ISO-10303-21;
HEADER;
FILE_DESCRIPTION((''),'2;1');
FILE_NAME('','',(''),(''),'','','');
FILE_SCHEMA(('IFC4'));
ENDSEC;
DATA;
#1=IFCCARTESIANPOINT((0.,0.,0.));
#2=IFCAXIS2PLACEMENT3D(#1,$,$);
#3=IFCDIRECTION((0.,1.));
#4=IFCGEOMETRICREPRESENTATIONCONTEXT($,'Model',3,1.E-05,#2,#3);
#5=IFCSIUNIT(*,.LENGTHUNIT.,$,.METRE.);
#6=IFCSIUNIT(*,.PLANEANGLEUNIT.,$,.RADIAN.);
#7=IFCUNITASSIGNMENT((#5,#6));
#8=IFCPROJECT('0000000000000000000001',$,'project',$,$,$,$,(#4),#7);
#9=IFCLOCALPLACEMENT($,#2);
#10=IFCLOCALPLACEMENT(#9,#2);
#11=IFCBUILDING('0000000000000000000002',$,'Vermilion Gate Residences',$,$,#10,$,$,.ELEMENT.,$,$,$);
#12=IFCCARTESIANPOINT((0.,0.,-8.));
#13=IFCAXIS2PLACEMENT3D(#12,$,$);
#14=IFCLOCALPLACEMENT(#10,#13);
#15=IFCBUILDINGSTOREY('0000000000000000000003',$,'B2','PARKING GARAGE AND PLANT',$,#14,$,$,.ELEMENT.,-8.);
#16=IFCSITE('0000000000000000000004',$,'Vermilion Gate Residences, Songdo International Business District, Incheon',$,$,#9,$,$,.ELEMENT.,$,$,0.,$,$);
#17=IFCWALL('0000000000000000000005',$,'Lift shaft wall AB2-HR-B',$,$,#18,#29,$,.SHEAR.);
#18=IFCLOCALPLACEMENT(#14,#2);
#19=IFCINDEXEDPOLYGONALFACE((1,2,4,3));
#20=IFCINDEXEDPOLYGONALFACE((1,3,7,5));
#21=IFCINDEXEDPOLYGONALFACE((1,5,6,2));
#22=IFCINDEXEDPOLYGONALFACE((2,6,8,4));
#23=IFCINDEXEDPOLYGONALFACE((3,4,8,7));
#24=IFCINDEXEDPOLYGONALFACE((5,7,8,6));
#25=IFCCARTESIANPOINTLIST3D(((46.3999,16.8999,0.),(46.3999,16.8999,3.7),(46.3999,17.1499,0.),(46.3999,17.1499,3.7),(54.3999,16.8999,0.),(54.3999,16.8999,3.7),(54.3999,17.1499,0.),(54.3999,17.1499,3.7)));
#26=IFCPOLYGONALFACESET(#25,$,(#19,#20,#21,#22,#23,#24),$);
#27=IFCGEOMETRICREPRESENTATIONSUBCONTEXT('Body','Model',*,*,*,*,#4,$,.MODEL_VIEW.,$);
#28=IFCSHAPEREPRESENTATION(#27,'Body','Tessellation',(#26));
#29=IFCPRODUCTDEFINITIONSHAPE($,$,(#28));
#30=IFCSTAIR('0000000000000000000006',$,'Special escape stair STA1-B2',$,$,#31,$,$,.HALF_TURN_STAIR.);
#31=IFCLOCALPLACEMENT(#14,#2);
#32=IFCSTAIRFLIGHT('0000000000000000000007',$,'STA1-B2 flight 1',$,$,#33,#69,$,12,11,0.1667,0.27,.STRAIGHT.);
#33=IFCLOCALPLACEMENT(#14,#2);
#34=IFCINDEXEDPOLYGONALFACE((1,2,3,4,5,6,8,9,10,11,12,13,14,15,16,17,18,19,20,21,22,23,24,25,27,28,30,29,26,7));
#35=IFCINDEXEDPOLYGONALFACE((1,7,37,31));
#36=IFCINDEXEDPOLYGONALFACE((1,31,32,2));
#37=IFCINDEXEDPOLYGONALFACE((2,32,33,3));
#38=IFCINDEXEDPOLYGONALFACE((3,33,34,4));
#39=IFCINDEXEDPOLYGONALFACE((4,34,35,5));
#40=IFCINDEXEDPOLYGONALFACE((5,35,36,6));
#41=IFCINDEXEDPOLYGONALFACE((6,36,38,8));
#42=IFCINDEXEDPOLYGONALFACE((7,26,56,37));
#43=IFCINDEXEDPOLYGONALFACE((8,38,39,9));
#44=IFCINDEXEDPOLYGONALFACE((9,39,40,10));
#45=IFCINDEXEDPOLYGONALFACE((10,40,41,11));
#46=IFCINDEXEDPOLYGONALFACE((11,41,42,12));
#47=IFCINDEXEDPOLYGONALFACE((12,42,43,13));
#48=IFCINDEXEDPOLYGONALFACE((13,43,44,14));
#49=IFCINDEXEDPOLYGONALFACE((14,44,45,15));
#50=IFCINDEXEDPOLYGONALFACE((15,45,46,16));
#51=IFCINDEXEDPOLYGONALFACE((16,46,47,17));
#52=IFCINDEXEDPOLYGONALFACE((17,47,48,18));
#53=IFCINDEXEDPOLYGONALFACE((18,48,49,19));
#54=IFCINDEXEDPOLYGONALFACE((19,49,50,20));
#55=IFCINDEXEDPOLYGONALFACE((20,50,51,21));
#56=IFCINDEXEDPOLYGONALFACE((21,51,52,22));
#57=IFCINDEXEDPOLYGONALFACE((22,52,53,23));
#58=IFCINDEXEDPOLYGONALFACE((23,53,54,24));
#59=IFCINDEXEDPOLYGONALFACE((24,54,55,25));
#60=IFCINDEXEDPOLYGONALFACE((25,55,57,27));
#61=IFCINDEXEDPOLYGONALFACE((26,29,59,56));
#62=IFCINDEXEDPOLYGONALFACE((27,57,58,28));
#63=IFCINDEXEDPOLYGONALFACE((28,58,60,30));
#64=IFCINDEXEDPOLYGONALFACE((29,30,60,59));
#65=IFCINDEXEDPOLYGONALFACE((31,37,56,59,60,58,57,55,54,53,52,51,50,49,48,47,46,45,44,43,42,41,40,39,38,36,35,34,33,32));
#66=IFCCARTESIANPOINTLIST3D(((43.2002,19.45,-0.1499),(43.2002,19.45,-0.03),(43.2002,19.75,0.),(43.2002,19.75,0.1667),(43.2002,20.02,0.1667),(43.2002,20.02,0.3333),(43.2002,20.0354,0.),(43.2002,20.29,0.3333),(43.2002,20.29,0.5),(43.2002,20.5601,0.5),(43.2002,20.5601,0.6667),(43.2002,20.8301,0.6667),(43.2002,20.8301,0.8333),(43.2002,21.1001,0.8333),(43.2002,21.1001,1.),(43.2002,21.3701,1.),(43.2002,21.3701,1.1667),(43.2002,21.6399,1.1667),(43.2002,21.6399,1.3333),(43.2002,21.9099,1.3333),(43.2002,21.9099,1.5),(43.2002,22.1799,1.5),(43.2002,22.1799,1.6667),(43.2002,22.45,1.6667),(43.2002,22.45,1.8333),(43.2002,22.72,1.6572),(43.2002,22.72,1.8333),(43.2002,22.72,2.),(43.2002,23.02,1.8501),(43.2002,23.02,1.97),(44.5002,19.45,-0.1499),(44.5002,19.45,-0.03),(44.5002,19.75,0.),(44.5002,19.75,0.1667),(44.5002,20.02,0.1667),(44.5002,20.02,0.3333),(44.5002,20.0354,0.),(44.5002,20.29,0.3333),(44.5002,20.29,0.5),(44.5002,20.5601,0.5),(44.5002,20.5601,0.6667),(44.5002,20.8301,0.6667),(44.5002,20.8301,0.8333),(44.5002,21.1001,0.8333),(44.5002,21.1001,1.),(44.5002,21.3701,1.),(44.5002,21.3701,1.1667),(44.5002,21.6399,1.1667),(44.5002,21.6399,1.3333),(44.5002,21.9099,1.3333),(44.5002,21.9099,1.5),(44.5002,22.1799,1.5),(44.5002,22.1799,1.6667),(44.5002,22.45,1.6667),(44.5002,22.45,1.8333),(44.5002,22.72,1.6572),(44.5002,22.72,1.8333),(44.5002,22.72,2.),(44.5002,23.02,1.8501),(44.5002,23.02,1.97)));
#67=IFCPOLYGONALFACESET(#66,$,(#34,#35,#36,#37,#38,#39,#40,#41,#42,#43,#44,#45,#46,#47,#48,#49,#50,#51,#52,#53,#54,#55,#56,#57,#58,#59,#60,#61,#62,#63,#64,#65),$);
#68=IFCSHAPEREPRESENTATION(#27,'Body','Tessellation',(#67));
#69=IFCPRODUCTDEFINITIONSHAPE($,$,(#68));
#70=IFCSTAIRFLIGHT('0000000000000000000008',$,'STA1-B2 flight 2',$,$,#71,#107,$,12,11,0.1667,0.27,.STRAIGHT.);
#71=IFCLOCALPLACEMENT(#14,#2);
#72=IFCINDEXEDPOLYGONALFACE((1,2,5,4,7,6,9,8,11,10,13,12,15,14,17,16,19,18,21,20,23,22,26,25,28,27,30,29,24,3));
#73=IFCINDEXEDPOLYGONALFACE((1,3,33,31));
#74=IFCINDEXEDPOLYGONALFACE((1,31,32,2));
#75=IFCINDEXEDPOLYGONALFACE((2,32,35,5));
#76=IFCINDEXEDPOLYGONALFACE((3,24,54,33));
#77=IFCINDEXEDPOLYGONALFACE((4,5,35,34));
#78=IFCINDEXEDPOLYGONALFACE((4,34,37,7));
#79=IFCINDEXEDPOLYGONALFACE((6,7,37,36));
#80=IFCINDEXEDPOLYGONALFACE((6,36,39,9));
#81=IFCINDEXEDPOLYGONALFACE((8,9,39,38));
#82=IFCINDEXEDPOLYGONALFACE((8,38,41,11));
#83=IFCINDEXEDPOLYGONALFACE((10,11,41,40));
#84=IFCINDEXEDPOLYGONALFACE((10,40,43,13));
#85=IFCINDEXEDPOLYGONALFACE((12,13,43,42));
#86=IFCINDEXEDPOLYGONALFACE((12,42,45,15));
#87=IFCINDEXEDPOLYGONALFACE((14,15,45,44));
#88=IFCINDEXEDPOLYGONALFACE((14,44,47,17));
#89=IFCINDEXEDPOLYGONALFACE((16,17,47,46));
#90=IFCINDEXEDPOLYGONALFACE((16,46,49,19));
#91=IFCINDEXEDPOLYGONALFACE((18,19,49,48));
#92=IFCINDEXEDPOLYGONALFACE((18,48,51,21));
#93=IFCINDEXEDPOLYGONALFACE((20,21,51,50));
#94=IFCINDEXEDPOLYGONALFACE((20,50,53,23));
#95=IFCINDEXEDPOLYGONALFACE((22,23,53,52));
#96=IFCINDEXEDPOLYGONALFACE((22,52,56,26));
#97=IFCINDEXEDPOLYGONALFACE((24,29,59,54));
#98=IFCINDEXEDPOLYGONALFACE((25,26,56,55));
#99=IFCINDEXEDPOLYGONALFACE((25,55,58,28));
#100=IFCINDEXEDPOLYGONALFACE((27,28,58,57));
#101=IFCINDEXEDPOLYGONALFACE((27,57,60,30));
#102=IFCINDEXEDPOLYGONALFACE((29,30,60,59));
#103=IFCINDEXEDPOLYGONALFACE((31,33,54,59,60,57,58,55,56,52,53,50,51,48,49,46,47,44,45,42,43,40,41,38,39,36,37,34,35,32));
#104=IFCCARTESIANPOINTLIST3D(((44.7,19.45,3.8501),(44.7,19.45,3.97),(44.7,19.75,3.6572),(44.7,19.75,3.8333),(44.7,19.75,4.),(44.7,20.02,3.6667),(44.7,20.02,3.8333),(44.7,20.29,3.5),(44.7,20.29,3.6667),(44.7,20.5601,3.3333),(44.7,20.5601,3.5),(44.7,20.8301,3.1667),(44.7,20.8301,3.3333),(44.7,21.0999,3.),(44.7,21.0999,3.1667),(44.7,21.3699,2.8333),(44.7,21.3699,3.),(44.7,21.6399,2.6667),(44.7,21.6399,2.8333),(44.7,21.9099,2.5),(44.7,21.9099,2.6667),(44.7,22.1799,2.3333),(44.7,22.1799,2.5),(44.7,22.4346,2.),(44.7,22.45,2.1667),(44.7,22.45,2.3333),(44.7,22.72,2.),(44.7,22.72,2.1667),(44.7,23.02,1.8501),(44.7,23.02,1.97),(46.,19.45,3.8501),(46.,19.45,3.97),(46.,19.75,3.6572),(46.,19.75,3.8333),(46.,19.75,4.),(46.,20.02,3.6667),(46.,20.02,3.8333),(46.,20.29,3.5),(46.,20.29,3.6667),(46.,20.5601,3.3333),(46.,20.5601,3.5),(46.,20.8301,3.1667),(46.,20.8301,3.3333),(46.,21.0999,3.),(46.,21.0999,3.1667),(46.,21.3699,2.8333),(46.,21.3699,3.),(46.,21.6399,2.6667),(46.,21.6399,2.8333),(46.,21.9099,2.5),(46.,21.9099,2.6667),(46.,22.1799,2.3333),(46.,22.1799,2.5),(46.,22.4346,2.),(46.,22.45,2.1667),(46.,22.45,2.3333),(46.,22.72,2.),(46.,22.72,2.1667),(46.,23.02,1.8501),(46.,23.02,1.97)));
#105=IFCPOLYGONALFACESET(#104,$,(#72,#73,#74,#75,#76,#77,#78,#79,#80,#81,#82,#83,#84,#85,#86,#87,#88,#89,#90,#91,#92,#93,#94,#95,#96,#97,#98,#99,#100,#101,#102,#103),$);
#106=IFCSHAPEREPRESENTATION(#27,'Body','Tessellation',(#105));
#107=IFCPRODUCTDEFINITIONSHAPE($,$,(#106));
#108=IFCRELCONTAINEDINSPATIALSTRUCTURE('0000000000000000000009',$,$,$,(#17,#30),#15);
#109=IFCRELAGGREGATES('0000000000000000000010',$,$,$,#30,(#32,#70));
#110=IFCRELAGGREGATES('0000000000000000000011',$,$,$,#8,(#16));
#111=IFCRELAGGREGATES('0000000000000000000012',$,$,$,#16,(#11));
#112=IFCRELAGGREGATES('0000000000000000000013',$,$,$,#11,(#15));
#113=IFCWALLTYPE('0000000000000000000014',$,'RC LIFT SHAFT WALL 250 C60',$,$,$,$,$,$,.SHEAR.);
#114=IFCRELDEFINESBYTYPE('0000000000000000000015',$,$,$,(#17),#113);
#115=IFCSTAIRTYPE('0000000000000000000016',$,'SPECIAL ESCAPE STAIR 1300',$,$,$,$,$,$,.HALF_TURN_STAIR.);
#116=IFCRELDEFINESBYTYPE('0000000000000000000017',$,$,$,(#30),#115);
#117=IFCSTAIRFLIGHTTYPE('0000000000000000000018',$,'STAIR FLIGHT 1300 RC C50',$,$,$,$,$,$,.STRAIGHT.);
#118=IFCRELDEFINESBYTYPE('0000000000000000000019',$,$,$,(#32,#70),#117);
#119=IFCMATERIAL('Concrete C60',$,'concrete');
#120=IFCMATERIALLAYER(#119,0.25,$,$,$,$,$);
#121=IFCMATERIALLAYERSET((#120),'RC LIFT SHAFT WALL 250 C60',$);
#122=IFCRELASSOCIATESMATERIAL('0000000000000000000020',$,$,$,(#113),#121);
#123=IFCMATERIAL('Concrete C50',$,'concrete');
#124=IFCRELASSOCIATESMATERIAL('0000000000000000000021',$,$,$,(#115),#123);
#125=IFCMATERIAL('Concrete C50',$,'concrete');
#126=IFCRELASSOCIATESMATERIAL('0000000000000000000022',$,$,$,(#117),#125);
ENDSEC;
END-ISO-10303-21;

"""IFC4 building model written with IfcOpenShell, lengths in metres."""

from ifc_helpers import new_model, si_unit, direction, frame, frame_2d, origin, place, context, subcontext, project, spatial, polyline, rectangle, outline, extrude, material, layer, layer_set, type_object, element, aggregate, save


model = new_model("IFC4")

# Units and contexts
model_context = context("Model", 3, precision=1e-05, world=origin(), true_north=direction((0.0, 1.0)))
body_context = subcontext(model_context, "Body", "Model", "MODEL_VIEW")
ifc_project = project(units=[si_unit("LENGTHUNIT", "METRE"), si_unit("PLANEANGLEUNIT", "RADIAN")], contexts=[model_context])

# Site, building, storey
site_placement = place(None, origin())
site = spatial("IfcSite", under=ifc_project, at=site_placement, Name="Vermilion Gate Residences, Songdo International Business District, Incheon", CompositionType="ELEMENT", RefElevation=0.0)
building_placement = place(site_placement, origin())
building = spatial("IfcBuilding", under=site, at=building_placement, Name="Vermilion Gate Residences", CompositionType="ELEMENT")
storey_placement = place(building_placement, frame((0.0, 0.0, -8.0)))
storey = spatial("IfcBuildingStorey", under=building, at=storey_placement, Name="B2", Description="PARKING GARAGE AND PLANT", CompositionType="ELEMENT", Elevation=-8.0)

# Wall
ifc_material_1 = material(Name="Concrete C60", Category="concrete")
ifc_layer_1 = layer(ifc_material_1, 0.25)
ifc_layer_set_1 = layer_set([ifc_layer_1], Name="RC LIFT SHAFT WALL 250 C60")
wall_type_1 = type_object("IfcWallType", Name="RC LIFT SHAFT WALL 250 C60", PredefinedType="SHEAR", material=ifc_layer_set_1)
wall_1_placement = place(storey_placement, frame((46.3999, 17.0249, 0.0), z_axis=(0.0, 0.0, 1.0), x_axis=(1.0, 0.0, 0.0)))
element("IfcWall", 1, at=wall_1_placement, inside=storey, type_object=wall_type_1, Name="Lift shaft wall AB2-HR-B", PredefinedType="SHEAR", context=body_context, shape_type="SweptSolid", body=[
    extrude(rectangle(XDim=8.0, YDim=0.25, at=frame_2d((4.0, 0.0))), origin(), (0.0, 0.0, 1.0), 3.7),
])

# Stair, stair flights
ifc_material_2 = material(Name="Concrete C50", Category="concrete")
stair_type = type_object("IfcStairType", Name="SPECIAL ESCAPE STAIR 1300", PredefinedType="HALF_TURN_STAIR", material=ifc_material_2)
stair_placement = place(storey_placement, origin())
stair = element("IfcStair", 2, at=stair_placement, inside=storey, type_object=stair_type, Name="Special escape stair STA1-B2", PredefinedType="HALF_TURN_STAIR")
ifc_material_3 = material(Name="Concrete C50", Category="concrete")
stair_flight_type = type_object("IfcStairFlightType", Name="STAIR FLIGHT 1300 RC C50", PredefinedType="STRAIGHT", material=ifc_material_3)
stair_flight_1_placement = place(storey_placement, frame((43.8501, 19.75, 0.0), z_axis=(0.0, 0.0, 1.0), x_axis=(0.0, 1.0, 0.0)))
stair_flight_1 = element("IfcStairFlight", 3, at=stair_flight_1_placement, type_object=stair_flight_type, Name="STA1-B2 flight 1", NumberOfRisers=12, NumberOfTreads=11, PredefinedType="STRAIGHT", RiserHeight=0.1667, TreadLength=0.27, context=body_context, shape_type="SweptSolid", body=[
    extrude(outline(polyline([(-0.3, -0.1499), (-0.3, -0.03), (0.0, 0.0), (0.0, 0.1667), (0.27, 0.1667), (0.27, 0.3333), (0.54, 0.3333), (0.54, 0.5), (0.8101, 0.5), (0.8101, 0.6667), (1.0801, 0.6667), (1.0801, 0.8333), (1.3501, 0.8333), (1.3501, 1.0), (1.6201, 1.0), (1.6201, 1.1667), (1.8899, 1.1667), (1.8899, 1.3333), (2.1599, 1.3333), (2.1599, 1.5), (2.4299, 1.5), (2.4299, 1.6667), (2.7, 1.6667), (2.7, 1.8333), (2.97, 1.8333), (2.97, 2.0), (3.27, 1.97), (3.27, 1.8501), (2.97, 1.6572), (0.2854, 0.0), (-0.3, -0.1499)])), frame((0.0, 0.6499, 0.0), z_axis=(0.0, -1.0, 0.0), x_axis=(1.0, 0.0, 0.0)), (0.0, 0.0, 1.0), 1.3),
])
stair_flight_2_placement = place(storey_placement, frame((45.3501, 22.72, 2.0), z_axis=(0.0, 0.0, 1.0), x_axis=(0.0, -1.0, 0.0)))
stair_flight_2 = element("IfcStairFlight", 4, at=stair_flight_2_placement, type_object=stair_flight_type, Name="STA1-B2 flight 2", NumberOfRisers=12, NumberOfTreads=11, PredefinedType="STRAIGHT", RiserHeight=0.1667, TreadLength=0.27, context=body_context, shape_type="SweptSolid", body=[
    extrude(outline(polyline([(-0.3, -0.1499), (-0.3, -0.03), (0.0, 0.0), (0.0, 0.1667), (0.27, 0.1667), (0.27, 0.3333), (0.54, 0.3333), (0.54, 0.5), (0.8101, 0.5), (0.8101, 0.6667), (1.0801, 0.6667), (1.0801, 0.8333), (1.3501, 0.8333), (1.3501, 1.0), (1.6201, 1.0), (1.6201, 1.1667), (1.8899, 1.1667), (1.8899, 1.3333), (2.1599, 1.3333), (2.1599, 1.5), (2.4299, 1.5), (2.4299, 1.6667), (2.7, 1.6667), (2.7, 1.8333), (2.97, 1.8333), (2.97, 2.0), (3.27, 1.97), (3.27, 1.8501), (2.97, 1.6572), (0.2854, 0.0), (-0.3, -0.1499)])), frame((0.0, 0.6499, 0.0), z_axis=(0.0, -1.0, 0.0), x_axis=(1.0, 0.0, 0.0)), (0.0, 0.0, 1.0), 1.3),
])
aggregate(stair, [stair_flight_1, stair_flight_2])

save(model, "model.ifc")
